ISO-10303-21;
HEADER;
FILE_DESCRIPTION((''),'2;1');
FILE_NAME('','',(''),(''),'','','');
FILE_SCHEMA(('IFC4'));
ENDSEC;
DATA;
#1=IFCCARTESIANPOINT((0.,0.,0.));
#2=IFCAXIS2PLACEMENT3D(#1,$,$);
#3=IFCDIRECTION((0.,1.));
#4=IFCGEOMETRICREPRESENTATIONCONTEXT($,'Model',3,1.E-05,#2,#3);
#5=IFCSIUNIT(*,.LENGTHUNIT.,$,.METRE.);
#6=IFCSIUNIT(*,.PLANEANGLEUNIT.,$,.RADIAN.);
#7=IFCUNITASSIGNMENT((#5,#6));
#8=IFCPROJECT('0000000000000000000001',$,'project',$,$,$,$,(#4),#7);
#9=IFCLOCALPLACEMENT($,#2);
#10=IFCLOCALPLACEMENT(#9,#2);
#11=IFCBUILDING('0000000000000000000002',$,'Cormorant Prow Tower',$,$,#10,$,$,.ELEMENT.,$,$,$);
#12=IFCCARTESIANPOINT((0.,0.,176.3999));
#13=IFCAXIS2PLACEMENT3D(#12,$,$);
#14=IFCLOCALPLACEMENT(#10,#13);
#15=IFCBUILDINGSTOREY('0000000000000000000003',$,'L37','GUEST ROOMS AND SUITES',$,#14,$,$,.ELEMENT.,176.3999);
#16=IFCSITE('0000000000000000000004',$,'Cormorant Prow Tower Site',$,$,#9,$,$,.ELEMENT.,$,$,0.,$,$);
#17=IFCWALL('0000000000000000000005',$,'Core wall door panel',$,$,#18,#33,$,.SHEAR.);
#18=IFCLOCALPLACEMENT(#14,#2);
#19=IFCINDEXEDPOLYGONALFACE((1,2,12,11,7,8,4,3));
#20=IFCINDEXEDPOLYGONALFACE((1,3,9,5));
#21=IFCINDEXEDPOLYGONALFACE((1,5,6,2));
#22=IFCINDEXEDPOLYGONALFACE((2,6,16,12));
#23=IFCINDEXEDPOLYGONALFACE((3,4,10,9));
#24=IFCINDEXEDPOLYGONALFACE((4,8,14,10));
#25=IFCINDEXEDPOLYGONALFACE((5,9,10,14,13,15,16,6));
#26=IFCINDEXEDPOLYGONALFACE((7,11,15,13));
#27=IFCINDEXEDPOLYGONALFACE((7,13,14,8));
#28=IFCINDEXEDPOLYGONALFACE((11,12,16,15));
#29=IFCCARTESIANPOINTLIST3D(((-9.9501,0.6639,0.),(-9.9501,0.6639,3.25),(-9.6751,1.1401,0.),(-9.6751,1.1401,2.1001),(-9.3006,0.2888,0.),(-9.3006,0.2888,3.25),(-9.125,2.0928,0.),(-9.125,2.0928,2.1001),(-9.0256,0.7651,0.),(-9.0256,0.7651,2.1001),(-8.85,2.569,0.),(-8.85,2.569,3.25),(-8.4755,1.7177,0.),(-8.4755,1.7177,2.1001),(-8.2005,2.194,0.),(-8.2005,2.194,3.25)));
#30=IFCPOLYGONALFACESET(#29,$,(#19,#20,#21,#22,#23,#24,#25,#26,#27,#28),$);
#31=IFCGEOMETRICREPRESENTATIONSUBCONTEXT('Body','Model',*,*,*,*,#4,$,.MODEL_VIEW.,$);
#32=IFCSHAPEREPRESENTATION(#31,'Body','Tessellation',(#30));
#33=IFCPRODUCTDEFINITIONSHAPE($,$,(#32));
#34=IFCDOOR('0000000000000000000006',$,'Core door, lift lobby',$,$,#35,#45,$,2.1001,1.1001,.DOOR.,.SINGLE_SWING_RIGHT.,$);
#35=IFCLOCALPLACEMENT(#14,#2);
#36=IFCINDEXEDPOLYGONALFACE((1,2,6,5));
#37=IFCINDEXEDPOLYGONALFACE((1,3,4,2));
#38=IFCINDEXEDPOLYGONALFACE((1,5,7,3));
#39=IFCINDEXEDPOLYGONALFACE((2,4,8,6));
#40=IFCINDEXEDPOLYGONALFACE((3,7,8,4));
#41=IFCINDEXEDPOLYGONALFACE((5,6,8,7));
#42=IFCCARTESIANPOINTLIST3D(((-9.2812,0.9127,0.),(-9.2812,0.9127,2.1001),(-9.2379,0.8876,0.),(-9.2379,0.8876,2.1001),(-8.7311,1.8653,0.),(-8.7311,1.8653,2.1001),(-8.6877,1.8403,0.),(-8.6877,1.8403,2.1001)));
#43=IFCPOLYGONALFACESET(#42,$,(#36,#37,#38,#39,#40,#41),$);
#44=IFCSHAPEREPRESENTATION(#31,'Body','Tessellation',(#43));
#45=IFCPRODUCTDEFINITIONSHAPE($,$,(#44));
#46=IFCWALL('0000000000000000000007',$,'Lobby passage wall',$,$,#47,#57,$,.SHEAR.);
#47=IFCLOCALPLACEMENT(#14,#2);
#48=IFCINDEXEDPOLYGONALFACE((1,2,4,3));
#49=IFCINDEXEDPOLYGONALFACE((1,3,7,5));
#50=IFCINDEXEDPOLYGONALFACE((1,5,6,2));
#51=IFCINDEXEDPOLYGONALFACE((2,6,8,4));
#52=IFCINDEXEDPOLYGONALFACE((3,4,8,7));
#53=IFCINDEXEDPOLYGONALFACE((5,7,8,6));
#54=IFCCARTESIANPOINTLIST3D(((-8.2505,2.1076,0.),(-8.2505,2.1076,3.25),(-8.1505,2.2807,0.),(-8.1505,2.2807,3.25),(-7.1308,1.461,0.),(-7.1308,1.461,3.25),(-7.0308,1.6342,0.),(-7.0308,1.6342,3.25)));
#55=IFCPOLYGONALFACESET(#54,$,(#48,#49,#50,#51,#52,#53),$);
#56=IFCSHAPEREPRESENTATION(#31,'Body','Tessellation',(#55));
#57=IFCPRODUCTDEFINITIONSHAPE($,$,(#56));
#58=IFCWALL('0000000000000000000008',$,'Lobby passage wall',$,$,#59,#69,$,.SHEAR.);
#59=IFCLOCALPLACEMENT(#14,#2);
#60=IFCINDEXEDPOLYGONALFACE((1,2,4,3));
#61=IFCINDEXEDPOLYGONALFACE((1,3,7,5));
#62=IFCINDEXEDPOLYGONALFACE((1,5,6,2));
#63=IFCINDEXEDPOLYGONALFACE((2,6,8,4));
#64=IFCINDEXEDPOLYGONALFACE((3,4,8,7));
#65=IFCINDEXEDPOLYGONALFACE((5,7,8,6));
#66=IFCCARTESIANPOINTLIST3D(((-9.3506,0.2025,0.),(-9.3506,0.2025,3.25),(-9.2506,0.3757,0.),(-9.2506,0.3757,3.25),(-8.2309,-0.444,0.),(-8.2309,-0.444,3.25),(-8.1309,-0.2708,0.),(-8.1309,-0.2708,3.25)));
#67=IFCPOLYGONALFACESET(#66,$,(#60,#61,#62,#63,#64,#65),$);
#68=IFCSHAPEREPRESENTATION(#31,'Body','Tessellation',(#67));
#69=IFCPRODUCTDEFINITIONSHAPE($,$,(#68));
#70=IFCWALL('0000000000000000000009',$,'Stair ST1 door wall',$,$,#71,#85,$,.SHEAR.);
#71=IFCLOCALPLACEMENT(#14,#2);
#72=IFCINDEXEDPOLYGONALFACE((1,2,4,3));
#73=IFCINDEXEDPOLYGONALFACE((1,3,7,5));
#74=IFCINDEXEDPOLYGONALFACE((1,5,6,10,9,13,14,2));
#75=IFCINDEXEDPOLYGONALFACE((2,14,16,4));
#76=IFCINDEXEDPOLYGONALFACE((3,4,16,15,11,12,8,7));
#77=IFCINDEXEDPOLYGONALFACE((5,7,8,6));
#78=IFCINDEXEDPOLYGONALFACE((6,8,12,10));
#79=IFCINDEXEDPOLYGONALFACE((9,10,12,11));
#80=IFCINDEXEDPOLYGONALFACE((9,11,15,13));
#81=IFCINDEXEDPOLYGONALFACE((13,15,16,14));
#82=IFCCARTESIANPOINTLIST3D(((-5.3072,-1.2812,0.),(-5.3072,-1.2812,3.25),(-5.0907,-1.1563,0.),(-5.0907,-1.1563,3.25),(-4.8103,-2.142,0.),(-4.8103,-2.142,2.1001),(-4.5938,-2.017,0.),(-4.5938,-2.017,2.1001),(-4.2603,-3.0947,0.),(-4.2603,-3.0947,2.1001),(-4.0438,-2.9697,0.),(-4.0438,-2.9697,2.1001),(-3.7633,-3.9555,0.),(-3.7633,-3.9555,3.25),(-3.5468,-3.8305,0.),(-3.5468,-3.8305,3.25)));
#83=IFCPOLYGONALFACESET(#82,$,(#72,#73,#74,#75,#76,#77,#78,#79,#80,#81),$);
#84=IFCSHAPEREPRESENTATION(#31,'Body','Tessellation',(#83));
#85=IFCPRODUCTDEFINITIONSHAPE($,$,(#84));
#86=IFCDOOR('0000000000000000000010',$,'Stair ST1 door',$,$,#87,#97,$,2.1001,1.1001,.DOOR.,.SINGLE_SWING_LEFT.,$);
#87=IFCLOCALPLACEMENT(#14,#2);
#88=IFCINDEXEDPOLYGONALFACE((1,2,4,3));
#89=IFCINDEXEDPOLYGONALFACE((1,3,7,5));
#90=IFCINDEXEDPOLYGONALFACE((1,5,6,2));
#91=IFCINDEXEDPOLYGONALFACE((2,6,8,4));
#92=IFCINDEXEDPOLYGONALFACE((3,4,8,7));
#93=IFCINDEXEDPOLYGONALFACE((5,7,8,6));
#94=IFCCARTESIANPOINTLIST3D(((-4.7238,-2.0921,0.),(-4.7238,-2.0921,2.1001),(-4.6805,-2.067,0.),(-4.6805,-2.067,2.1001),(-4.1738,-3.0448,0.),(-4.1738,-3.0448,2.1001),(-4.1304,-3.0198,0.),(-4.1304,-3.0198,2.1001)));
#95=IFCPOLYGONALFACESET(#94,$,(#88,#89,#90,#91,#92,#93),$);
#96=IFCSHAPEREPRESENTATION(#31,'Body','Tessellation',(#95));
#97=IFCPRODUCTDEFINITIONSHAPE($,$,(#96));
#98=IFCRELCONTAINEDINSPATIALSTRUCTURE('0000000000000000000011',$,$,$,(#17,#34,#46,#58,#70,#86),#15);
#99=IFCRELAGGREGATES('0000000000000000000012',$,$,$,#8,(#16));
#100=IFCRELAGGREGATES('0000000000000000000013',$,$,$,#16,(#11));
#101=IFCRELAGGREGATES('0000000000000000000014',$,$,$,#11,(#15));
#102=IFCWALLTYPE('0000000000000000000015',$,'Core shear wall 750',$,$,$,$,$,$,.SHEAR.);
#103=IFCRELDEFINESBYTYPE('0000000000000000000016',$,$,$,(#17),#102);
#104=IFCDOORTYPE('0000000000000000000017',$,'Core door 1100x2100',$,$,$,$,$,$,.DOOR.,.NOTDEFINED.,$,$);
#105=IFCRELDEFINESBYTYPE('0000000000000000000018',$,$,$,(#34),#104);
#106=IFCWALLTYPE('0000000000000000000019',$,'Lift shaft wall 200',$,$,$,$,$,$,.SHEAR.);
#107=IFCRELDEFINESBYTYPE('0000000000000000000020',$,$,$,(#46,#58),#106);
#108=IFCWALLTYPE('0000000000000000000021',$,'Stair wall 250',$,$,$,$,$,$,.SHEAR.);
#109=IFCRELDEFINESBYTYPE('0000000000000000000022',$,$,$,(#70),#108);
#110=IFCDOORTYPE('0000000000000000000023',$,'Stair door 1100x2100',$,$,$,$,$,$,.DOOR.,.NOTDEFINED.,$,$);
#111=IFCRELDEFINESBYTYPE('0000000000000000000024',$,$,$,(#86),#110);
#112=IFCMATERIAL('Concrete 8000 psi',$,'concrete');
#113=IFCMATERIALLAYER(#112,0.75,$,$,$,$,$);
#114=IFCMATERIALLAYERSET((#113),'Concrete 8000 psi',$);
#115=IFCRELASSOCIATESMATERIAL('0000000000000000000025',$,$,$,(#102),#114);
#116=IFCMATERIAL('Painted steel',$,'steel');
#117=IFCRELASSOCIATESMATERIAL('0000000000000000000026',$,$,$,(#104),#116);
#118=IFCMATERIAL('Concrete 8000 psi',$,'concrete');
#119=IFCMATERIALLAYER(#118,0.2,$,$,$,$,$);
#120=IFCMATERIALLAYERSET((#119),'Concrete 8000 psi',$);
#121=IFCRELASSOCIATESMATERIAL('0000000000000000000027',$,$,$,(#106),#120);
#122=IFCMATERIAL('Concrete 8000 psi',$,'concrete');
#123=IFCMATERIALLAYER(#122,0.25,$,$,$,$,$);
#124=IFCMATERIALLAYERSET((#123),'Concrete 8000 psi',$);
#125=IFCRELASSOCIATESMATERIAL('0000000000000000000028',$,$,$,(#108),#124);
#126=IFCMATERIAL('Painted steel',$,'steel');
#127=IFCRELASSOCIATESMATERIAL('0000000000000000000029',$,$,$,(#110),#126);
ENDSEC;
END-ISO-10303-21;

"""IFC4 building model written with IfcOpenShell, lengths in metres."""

from ifc_helpers import new_model, si_unit, direction, frame, frame_2d, origin, place, context, subcontext, project, spatial, rectangle, extrude, material, layer, layer_set, type_object, element, fill, save


model = new_model("IFC4")

# Units and contexts
model_context = context("Model", 3, precision=1e-05, world=origin(), true_north=direction((0.0, 1.0)))
body_context = subcontext(model_context, "Body", "Model", "MODEL_VIEW")
ifc_project = project(units=[si_unit("LENGTHUNIT", "METRE"), si_unit("PLANEANGLEUNIT", "RADIAN")], contexts=[model_context])

# Site, building, storey
site_placement = place(None, origin())
site = spatial("IfcSite", under=ifc_project, at=site_placement, Name="Cormorant Prow Tower Site", CompositionType="ELEMENT", RefElevation=0.0)
building_placement = place(site_placement, origin())
building = spatial("IfcBuilding", under=site, at=building_placement, Name="Cormorant Prow Tower", CompositionType="ELEMENT")
storey_placement = place(building_placement, frame((0.0, 0.0, 176.3999)))
storey = spatial("IfcBuildingStorey", under=building, at=storey_placement, Name="L37", Description="GUEST ROOMS AND SUITES", CompositionType="ELEMENT", Elevation=176.3999)

# Wall, opening, door
ifc_material_1 = material(Name="Concrete 8000 psi", Category="concrete")
ifc_layer_1 = layer(ifc_material_1, 0.75)
ifc_layer_set_1 = layer_set([ifc_layer_1], Name="Concrete 8000 psi")
wall_type_1 = type_object("IfcWallType", Name="Core shear wall 750", PredefinedType="SHEAR", material=ifc_layer_set_1)
wall_1_placement = place(storey_placement, frame((-8.5251, 2.3816, 0.0), z_axis=(0.0, 0.0, 1.0), x_axis=(-0.500078, -0.86598, 0.0)))
wall_1 = element("IfcWall", 1, at=wall_1_placement, inside=storey, type_object=wall_type_1, Name="Core wall door panel", PredefinedType="SHEAR", context=body_context, shape_type="SweptSolid", body=[
    extrude(rectangle(XDim=2.2, YDim=0.75, at=frame_2d((1.1001, 0.0))), origin(), (0.0, 0.0, 1.0), 3.25),
])
opening_1_placement = place(wall_1_placement, frame((0.55, 0.0, 0.0)))
opening_1 = element("IfcOpeningElement", 2, at=opening_1_placement, cuts=wall_1, PredefinedType="OPENING", context=body_context, shape_type="SweptSolid", body=[
    extrude(rectangle(XDim=1.1001, YDim=2.1001, at=frame_2d((0.55, 1.05))), frame((0.0, 0.385, 0.0), z_axis=(0.0, -1.0, 0.0), x_axis=(1.0, 0.0, 0.0)), (0.0, 0.0, 1.0), 0.77),
])
ifc_material_2 = material(Name="Painted steel", Category="steel")
door_type_1 = type_object("IfcDoorType", Name="Core door 1100x2100", OperationType="NOTDEFINED", PredefinedType="DOOR", material=ifc_material_2)
door_1_placement = place(opening_1_placement, origin())
door_1 = element("IfcDoor", 3, at=door_1_placement, inside=storey, type_object=door_type_1, Name="Core door, lift lobby", OperationType="SINGLE_SWING_RIGHT", OverallHeight=2.1001, OverallWidth=1.1001, PredefinedType="DOOR", context=body_context, shape_type="SweptSolid", body=[
    extrude(rectangle(XDim=1.1001, YDim=2.1001, at=frame_2d((0.55, 1.05))), frame((0.0, 0.1299, 0.0), z_axis=(0.0, -1.0, 0.0), x_axis=(1.0, 0.0, 0.0)), (0.0, 0.0, 1.0), 0.05),
])
fill(opening_1, door_1)

# Walls
ifc_material_3 = material(Name="Concrete 8000 psi", Category="concrete")
ifc_layer_2 = layer(ifc_material_3, 0.2)
ifc_layer_set_2 = layer_set([ifc_layer_2], Name="Concrete 8000 psi")
wall_type_2 = type_object("IfcWallType", Name="Lift shaft wall 200", PredefinedType="SHEAR", material=ifc_layer_set_2)
for number, where, z_axis, x_axis, name in (
    (4, (-7.0808, 1.5476, 0.0), (0.0, 0.0, 1.0), (-0.866003, 0.500038, 0.0), "Lobby passage wall"),
    (5, (-8.1809, -0.3574, 0.0), (0.0, 0.0, 1.0), (-0.866003, 0.500038, 0.0), "Lobby passage wall"),
):
    element("IfcWall", number, at=place(storey_placement, frame(where, z_axis=z_axis, x_axis=x_axis)), inside=storey, type_object=wall_type_2, Name=name, PredefinedType="SHEAR", context=body_context, shape_type="SweptSolid", body=[
        extrude(rectangle(XDim=1.293, YDim=0.2, at=frame_2d((0.6465, 0.0))), origin(), (0.0, 0.0, 1.0), 3.25),
    ])

# Wall, opening, door
ifc_material_4 = material(Name="Concrete 8000 psi", Category="concrete")
ifc_layer_3 = layer(ifc_material_4, 0.25)
ifc_layer_set_3 = layer_set([ifc_layer_3], Name="Concrete 8000 psi")
wall_type_3 = type_object("IfcWallType", Name="Stair wall 250", PredefinedType="SHEAR", material=ifc_layer_set_3)
wall_2_placement = place(storey_placement, frame((-5.199, -1.2188, 0.0), z_axis=(0.0, 0.0, 1.0), x_axis=(0.499983, -0.866035, 0.0)))
wall_2 = element("IfcWall", 6, at=wall_2_placement, inside=storey, type_object=wall_type_3, Name="Stair ST1 door wall", PredefinedType="SHEAR", context=body_context, shape_type="SweptSolid", body=[
    extrude(rectangle(XDim=3.0879, YDim=0.25, at=frame_2d((1.5439, 0.0))), origin(), (0.0, 0.0, 1.0), 3.25),
])
opening_2_placement = place(wall_2_placement, frame((0.9939, 0.0, 0.0)))
opening_2 = element("IfcOpeningElement", 7, at=opening_2_placement, cuts=wall_2, PredefinedType="OPENING", context=body_context, shape_type="SweptSolid", body=[
    extrude(rectangle(XDim=1.1001, YDim=2.1001, at=frame_2d((0.55, 1.05))), frame((0.0, 0.135, 0.0), z_axis=(0.0, -1.0, 0.0), x_axis=(1.0, 0.0, 0.0)), (0.0, 0.0, 1.0), 0.27),
])
ifc_material_5 = material(Name="Painted steel", Category="steel")
door_type_2 = type_object("IfcDoorType", Name="Stair door 1100x2100", OperationType="NOTDEFINED", PredefinedType="DOOR", material=ifc_material_5)
door_2_placement = place(opening_2_placement, origin())
door_2 = element("IfcDoor", 8, at=door_2_placement, inside=storey, type_object=door_type_2, Name="Stair ST1 door", OperationType="SINGLE_SWING_LEFT", OverallHeight=2.1001, OverallWidth=1.1001, PredefinedType="DOOR", context=body_context, shape_type="SweptSolid", body=[
    extrude(rectangle(XDim=1.1001, YDim=2.1001, at=frame_2d((0.55, 1.05))), frame((0.0, 0.0249, 0.0), z_axis=(0.0, -1.0, 0.0), x_axis=(1.0, 0.0, 0.0)), (0.0, 0.0, 1.0), 0.05),
])
fill(opening_2, door_2)

save(model, "model.ifc")
